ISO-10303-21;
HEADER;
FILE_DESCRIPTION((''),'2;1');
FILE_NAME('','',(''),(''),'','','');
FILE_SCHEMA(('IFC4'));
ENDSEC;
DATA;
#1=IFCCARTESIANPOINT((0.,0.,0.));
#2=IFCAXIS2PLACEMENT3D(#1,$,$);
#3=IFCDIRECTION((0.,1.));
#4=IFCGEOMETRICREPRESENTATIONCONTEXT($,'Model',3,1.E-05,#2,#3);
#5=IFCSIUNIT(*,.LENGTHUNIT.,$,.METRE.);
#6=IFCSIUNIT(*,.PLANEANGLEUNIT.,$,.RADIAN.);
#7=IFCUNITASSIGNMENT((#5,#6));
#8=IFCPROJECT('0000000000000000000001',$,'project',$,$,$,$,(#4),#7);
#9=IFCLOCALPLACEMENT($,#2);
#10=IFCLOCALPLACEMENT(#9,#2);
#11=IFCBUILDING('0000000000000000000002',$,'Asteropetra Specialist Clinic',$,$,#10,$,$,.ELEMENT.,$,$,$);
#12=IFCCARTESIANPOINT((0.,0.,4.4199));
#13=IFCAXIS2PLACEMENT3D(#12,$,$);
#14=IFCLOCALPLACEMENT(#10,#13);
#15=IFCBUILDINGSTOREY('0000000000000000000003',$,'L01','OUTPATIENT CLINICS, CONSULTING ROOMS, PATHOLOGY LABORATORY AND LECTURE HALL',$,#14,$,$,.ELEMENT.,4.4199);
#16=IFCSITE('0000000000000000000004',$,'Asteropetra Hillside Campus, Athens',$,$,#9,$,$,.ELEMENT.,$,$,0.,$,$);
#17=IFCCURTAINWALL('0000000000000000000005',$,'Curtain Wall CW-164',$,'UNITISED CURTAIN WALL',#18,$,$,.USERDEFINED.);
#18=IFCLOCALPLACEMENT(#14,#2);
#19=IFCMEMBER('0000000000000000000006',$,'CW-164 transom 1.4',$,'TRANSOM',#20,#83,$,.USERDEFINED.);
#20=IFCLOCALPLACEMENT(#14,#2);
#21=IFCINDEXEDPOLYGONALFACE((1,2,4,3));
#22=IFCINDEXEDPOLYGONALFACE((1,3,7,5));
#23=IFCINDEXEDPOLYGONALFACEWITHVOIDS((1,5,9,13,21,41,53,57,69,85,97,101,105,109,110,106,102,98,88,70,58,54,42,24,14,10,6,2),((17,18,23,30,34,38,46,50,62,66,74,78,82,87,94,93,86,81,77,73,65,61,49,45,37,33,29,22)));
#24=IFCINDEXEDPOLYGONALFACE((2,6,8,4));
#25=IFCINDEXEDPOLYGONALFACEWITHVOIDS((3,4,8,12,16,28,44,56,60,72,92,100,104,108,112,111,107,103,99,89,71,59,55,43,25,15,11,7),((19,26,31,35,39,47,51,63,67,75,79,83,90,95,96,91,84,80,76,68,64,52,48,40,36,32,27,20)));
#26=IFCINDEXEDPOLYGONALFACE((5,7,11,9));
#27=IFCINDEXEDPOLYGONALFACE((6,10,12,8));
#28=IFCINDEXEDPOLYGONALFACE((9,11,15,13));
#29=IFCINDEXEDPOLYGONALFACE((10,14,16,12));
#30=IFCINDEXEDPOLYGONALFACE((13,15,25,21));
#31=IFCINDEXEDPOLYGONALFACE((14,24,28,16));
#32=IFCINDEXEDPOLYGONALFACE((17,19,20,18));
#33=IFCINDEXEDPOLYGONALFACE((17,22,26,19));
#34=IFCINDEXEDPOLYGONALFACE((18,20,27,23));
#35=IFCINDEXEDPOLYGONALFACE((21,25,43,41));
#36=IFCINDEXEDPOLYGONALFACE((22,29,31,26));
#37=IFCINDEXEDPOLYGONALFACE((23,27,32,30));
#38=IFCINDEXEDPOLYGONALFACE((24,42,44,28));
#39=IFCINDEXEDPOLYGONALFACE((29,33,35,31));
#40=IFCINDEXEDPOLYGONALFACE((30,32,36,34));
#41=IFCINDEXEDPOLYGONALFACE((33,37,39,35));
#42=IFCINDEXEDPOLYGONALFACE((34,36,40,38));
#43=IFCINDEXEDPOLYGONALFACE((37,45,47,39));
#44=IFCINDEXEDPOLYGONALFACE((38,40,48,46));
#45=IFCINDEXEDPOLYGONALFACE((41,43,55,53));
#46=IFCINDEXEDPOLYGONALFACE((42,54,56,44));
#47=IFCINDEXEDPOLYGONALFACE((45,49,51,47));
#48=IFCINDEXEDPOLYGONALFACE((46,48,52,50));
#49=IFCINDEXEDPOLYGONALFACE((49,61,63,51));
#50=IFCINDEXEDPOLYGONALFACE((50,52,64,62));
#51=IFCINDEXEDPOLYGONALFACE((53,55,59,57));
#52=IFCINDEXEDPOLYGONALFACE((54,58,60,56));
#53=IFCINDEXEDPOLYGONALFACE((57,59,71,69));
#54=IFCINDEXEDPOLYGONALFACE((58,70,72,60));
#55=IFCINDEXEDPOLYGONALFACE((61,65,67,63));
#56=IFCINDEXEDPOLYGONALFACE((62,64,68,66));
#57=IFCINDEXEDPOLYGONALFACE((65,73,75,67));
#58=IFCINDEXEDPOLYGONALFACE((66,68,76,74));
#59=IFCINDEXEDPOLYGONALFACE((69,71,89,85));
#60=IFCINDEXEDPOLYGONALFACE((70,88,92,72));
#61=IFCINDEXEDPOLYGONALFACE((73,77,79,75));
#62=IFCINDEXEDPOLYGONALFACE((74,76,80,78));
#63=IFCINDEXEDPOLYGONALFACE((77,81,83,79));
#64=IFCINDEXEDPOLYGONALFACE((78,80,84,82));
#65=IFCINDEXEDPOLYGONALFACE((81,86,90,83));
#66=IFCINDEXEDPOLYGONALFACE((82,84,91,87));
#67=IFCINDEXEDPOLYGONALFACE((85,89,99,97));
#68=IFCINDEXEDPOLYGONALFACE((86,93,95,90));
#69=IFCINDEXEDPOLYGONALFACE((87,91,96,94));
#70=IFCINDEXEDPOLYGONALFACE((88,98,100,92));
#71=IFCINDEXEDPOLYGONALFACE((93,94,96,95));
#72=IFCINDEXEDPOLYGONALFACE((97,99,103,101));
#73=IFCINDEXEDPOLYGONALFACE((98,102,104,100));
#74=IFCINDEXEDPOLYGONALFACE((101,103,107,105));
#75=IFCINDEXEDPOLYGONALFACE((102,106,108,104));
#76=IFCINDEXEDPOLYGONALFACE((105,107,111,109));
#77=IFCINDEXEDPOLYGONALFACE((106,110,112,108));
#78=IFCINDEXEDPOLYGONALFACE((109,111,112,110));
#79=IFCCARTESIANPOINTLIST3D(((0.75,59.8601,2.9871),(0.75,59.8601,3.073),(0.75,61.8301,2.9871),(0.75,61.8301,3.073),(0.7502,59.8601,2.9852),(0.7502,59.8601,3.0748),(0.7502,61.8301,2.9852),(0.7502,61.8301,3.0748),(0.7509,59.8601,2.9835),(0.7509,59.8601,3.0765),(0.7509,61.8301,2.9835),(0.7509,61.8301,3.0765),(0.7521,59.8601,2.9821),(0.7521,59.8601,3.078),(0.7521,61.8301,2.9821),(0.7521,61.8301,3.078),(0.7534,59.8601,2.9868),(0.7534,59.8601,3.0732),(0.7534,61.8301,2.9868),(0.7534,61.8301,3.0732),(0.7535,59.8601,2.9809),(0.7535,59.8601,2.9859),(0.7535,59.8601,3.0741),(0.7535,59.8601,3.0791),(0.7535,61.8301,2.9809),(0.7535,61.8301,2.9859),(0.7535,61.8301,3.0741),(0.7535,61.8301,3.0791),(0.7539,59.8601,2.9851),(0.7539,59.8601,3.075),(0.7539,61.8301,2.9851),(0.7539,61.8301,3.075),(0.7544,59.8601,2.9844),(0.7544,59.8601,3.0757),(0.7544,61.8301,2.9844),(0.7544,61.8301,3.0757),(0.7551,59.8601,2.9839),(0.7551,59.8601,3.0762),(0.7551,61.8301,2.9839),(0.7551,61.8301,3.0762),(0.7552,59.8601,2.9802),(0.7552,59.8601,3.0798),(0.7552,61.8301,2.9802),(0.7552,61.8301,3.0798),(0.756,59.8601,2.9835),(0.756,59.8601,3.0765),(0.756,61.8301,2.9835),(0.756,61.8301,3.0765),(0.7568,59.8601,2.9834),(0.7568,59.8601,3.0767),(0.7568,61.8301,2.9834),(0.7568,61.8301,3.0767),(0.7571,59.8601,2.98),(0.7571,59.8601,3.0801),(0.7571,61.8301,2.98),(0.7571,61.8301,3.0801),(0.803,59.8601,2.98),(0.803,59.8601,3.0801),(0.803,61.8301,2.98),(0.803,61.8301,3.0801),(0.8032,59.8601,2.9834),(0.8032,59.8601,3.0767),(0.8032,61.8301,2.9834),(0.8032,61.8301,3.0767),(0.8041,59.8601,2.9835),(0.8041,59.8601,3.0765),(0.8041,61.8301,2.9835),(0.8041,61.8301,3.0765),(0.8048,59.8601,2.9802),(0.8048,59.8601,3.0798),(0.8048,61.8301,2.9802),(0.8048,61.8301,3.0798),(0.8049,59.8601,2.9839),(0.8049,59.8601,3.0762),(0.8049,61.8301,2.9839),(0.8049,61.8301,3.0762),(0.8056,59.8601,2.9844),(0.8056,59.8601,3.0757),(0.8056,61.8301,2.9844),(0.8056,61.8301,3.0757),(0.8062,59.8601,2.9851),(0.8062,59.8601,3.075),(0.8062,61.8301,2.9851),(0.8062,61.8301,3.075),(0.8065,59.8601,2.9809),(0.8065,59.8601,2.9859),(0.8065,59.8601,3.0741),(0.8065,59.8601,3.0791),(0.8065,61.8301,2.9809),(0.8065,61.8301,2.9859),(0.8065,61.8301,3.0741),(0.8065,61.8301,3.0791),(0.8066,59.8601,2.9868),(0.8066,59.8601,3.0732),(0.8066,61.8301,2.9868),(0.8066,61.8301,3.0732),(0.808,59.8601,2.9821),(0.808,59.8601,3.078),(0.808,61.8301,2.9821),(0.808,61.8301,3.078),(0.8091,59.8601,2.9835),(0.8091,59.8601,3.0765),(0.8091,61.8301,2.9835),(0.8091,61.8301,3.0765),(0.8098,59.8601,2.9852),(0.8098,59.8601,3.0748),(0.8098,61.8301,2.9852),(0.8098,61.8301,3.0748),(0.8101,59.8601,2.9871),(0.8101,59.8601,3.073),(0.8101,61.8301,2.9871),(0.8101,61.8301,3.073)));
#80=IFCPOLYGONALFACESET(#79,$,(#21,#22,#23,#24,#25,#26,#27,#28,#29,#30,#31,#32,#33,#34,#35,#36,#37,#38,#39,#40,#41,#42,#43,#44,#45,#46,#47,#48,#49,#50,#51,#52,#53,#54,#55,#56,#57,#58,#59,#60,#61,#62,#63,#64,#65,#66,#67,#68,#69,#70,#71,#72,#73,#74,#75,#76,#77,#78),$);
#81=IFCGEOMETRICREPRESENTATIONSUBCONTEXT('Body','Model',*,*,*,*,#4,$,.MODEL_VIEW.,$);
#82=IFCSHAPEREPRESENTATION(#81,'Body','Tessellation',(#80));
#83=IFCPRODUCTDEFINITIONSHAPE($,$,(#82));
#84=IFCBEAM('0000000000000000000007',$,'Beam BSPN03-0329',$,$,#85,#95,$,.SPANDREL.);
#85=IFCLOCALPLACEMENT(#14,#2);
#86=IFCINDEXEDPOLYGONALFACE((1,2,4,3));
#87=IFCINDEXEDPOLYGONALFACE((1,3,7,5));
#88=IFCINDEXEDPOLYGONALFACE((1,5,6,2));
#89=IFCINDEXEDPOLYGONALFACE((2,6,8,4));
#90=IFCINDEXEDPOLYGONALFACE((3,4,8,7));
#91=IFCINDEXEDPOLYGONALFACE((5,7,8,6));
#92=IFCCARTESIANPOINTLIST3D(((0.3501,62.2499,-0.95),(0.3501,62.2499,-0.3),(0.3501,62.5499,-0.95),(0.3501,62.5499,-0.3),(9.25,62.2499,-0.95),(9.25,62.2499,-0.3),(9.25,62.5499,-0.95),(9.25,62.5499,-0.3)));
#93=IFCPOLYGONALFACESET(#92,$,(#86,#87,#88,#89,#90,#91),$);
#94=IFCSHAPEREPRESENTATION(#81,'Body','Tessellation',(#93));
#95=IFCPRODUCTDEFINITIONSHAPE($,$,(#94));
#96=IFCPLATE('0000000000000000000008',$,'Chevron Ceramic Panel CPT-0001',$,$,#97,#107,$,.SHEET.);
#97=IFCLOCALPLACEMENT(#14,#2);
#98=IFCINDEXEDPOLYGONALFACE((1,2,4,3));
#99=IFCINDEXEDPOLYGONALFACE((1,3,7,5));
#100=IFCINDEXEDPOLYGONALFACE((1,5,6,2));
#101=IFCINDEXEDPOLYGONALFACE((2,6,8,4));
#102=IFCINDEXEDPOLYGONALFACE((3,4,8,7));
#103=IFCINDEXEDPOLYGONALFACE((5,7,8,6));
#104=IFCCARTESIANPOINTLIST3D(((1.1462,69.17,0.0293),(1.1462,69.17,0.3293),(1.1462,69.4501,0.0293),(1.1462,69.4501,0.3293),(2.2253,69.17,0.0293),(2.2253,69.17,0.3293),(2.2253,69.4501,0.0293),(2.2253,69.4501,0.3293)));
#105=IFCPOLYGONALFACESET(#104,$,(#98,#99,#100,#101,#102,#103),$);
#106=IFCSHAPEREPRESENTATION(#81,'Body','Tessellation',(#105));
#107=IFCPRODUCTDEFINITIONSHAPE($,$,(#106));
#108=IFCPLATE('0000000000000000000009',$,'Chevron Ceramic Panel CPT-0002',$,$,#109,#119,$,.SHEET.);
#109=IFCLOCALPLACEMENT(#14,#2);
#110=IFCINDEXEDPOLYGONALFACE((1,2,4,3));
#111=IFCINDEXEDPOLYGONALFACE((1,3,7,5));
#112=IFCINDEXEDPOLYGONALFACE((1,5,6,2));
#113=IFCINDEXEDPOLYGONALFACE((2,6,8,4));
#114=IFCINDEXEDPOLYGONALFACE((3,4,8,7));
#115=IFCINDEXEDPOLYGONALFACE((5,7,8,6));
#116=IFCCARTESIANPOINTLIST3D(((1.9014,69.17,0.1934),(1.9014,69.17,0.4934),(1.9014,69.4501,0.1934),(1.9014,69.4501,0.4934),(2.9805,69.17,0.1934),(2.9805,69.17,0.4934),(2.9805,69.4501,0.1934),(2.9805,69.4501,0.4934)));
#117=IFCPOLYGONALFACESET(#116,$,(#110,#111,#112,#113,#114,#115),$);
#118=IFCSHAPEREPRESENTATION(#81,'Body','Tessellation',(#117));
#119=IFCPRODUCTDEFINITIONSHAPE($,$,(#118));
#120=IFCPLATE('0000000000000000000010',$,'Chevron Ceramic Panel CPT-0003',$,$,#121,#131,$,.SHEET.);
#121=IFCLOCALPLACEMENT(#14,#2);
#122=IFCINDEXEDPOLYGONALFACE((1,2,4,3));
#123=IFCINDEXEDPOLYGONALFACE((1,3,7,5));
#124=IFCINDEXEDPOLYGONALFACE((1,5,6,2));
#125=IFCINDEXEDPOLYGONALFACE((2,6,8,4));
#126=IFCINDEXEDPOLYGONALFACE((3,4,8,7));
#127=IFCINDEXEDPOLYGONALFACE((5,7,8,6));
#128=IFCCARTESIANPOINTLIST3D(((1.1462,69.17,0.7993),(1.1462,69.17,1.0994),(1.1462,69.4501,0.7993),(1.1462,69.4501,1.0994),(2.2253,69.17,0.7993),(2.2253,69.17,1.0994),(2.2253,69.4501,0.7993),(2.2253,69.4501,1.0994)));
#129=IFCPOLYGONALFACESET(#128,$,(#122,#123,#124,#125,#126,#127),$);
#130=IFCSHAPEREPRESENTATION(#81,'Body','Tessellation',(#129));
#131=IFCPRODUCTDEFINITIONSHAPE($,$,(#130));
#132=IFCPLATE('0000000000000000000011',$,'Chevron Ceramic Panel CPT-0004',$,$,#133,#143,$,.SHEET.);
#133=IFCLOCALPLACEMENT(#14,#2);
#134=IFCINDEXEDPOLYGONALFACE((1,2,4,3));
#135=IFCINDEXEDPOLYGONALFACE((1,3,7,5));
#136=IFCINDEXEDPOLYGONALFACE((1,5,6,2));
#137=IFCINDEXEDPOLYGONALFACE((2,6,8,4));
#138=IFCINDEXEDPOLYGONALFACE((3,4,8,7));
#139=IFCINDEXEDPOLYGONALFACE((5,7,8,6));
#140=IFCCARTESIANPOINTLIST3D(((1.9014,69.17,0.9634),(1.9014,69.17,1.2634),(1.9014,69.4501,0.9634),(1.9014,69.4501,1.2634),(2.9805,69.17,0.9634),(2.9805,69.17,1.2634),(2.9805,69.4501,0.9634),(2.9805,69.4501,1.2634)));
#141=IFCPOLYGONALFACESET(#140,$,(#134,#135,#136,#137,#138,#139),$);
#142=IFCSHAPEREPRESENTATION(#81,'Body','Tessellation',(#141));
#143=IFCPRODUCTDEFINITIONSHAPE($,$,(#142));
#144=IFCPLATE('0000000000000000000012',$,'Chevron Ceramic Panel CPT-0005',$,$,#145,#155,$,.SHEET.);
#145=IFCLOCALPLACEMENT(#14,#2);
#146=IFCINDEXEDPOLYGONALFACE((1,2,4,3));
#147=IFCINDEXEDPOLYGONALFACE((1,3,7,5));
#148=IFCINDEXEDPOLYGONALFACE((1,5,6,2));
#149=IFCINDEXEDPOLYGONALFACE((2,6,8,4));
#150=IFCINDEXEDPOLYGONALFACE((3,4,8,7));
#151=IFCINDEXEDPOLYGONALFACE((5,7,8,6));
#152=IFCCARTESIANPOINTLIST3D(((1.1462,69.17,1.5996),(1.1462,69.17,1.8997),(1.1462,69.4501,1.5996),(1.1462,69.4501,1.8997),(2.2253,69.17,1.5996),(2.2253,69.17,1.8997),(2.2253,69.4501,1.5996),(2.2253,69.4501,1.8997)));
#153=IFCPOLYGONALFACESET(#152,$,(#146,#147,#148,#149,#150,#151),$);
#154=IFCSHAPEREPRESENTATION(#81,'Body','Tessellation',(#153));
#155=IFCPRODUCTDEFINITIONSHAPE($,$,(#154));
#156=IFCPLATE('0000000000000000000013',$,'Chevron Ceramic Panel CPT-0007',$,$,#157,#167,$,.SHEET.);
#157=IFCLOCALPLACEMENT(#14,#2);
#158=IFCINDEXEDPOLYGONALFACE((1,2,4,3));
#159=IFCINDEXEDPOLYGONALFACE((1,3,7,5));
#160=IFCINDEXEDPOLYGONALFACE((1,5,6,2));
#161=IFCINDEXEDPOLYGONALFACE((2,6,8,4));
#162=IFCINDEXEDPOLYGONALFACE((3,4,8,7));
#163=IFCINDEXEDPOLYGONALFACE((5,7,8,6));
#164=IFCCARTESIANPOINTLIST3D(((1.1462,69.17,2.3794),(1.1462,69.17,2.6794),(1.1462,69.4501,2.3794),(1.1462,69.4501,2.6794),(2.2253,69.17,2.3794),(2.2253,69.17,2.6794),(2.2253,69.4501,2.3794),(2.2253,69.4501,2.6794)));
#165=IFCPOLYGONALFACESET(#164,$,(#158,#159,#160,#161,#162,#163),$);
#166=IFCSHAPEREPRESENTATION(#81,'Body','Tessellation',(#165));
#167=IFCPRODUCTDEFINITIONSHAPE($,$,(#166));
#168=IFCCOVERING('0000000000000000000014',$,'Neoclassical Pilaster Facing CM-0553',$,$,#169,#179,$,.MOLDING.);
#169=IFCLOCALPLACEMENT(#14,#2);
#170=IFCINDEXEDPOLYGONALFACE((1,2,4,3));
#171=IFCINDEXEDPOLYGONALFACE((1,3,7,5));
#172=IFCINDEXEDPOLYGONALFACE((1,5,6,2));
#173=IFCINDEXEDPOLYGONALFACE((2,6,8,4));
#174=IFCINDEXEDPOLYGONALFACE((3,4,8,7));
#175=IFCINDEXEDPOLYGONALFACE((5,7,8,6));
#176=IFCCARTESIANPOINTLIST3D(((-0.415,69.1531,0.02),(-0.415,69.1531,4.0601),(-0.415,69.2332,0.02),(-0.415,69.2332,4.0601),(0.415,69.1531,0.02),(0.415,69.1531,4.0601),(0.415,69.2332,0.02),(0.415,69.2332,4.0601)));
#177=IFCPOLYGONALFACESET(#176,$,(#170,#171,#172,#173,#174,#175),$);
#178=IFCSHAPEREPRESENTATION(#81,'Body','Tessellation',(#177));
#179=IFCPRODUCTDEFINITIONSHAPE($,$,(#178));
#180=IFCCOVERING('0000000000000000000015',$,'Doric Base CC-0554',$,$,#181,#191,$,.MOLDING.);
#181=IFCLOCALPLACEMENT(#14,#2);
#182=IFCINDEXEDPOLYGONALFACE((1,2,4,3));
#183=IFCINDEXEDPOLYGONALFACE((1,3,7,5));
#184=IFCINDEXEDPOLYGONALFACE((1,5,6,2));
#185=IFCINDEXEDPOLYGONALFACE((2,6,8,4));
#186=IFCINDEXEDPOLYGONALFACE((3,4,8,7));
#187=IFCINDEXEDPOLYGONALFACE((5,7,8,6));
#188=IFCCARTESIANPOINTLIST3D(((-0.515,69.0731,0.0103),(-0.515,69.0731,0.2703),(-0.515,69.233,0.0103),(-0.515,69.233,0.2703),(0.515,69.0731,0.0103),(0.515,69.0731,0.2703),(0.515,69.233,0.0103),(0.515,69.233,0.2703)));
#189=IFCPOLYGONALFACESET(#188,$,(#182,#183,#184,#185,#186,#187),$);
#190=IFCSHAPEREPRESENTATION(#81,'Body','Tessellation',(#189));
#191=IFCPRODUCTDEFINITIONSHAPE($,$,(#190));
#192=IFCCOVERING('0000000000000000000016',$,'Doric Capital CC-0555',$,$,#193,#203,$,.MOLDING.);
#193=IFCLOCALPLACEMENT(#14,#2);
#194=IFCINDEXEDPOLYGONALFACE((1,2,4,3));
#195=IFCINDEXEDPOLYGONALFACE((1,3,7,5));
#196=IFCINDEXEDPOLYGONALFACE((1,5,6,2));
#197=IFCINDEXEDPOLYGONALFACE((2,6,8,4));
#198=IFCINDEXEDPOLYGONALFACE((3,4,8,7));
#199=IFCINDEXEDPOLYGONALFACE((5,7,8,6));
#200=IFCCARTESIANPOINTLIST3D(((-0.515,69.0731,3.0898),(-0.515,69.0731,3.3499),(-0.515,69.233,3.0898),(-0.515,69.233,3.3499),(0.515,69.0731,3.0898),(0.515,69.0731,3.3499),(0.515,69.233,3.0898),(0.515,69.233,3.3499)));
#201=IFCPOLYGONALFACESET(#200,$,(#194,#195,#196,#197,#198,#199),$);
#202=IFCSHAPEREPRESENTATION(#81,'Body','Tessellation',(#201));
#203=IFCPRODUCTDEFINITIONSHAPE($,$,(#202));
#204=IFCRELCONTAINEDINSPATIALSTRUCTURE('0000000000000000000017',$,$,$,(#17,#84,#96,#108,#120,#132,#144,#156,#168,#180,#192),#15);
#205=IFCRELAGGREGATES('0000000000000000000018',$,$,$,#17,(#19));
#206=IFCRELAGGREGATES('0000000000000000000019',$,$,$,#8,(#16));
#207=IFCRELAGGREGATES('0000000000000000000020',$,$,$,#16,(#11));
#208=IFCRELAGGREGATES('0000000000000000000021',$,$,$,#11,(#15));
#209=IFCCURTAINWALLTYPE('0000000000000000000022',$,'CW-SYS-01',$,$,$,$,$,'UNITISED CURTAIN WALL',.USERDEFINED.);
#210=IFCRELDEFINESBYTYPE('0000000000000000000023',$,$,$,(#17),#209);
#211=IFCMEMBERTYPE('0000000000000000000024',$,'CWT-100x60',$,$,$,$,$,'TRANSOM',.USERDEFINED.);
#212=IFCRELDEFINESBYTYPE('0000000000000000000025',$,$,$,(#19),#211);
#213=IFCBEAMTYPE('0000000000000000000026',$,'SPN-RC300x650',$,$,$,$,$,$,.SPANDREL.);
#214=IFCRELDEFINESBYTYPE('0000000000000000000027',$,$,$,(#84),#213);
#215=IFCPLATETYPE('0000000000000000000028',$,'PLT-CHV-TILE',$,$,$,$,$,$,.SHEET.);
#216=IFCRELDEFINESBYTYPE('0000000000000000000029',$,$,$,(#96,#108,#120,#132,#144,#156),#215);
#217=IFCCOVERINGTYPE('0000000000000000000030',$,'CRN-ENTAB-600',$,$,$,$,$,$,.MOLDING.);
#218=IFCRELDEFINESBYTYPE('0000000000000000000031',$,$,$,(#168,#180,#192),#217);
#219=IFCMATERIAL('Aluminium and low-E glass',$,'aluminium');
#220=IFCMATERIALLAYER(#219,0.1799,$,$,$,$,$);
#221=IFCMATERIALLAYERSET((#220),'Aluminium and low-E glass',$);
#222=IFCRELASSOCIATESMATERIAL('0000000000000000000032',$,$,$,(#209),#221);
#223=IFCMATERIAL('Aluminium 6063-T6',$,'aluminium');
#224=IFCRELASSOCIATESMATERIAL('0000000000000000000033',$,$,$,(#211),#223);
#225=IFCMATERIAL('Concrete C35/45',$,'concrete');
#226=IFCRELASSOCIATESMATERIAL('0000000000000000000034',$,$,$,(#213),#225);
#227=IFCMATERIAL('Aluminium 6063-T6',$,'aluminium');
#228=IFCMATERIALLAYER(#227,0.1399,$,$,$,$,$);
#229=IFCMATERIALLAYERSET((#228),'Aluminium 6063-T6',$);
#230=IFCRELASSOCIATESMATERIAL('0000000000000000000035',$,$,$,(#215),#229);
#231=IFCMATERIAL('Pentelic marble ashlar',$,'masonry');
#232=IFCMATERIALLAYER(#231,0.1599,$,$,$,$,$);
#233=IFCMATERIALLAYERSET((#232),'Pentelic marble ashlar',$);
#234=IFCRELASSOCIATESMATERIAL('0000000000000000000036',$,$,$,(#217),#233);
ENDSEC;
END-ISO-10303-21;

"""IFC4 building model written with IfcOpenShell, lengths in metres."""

from ifc_helpers import new_model, si_unit, direction, frame, origin, origin_2d, place, context, subcontext, project, spatial, rectangle, hollow_rectangle, extrude, material, layer, layer_set, material_profile, profile_set, type_object, element, aggregate, save


model = new_model("IFC4")

# Units and contexts
model_context = context("Model", 3, precision=1e-05, world=origin(), true_north=direction((0.0, 1.0)))
body_context = subcontext(model_context, "Body", "Model", "MODEL_VIEW")
ifc_project = project(units=[si_unit("LENGTHUNIT", "METRE"), si_unit("PLANEANGLEUNIT", "RADIAN")], contexts=[model_context])

# Site, building, storey
site_placement = place(None, origin())
site = spatial("IfcSite", under=ifc_project, at=site_placement, Name="Asteropetra Hillside Campus, Athens", CompositionType="ELEMENT", RefElevation=0.0)
building_placement = place(site_placement, origin())
building = spatial("IfcBuilding", under=site, at=building_placement, Name="Asteropetra Specialist Clinic", CompositionType="ELEMENT")
storey_placement = place(building_placement, frame((0.0, 0.0, 4.4199)))
storey = spatial("IfcBuildingStorey", under=building, at=storey_placement, Name="L01", Description="OUTPATIENT CLINICS, CONSULTING ROOMS, PATHOLOGY LABORATORY AND LECTURE HALL", CompositionType="ELEMENT", Elevation=4.4199)

# Curtain wall, member
ifc_material_1 = material(Name="Aluminium and low-E glass", Category="aluminium")
ifc_layer_1 = layer(ifc_material_1, 0.1799)
ifc_layer_set_1 = layer_set([ifc_layer_1], Name="Aluminium and low-E glass")
curtain_wall_type = type_object("IfcCurtainWallType", Name="CW-SYS-01", ElementType="UNITISED CURTAIN WALL", PredefinedType="USERDEFINED", material=ifc_layer_set_1)
curtain_wall_placement = place(storey_placement, origin())
curtain_wall = element("IfcCurtainWall", 1, at=curtain_wall_placement, inside=storey, type_object=curtain_wall_type, Name="Curtain Wall CW-164", ObjectType="UNITISED CURTAIN WALL", PredefinedType="USERDEFINED")
ifc_material_2 = material(Name="Aluminium 6063-T6", Category="aluminium")
ifc_material_profile_1 = material_profile(ifc_material_2, hollow_rectangle(XDim=0.0601, YDim=0.1001, WallThickness=0.0034, InnerFilletRadius=0.0034, OuterFilletRadius=0.0071, at=origin_2d()), Name="TRN 100x60x3.5")
ifc_profile_set_1 = profile_set([ifc_material_profile_1], Name="Aluminium 6063-T6")
member_type_1 = type_object("IfcMemberType", Name="CWT-100x60", ElementType="TRANSOM", PredefinedType="USERDEFINED", material=ifc_profile_set_1)
member_1_placement = place(storey_placement, frame((0.78, 61.8301, 3.03), z_axis=(0.0, -1.0, 0.0), x_axis=(1.0, 0.0, 0.0)))
member_1 = element("IfcMember", 2, at=member_1_placement, type_object=member_type_1, Name="CW-164 transom 1.4", ObjectType="TRANSOM", PredefinedType="USERDEFINED", context=body_context, shape_type="SweptSolid", body=[
    extrude(hollow_rectangle(XDim=0.0601, YDim=0.1001, WallThickness=0.0034, InnerFilletRadius=0.0034, OuterFilletRadius=0.0071, at=origin_2d()), origin(), (0.0, 0.0, 1.0), 1.97),
])
aggregate(curtain_wall, [member_1])

# Beam
ifc_material_3 = material(Name="Concrete C35/45", Category="concrete")
ifc_material_profile_2 = material_profile(ifc_material_3, rectangle(XDim=0.3, YDim=0.6499, at=origin_2d()), Name="RCS 300x650")
ifc_profile_set_2 = profile_set([ifc_material_profile_2], Name="Concrete C35/45")
beam_type = type_object("IfcBeamType", Name="SPN-RC300x650", PredefinedType="SPANDREL", material=ifc_profile_set_2)
beam_placement = place(storey_placement, frame((0.3501, 62.3999, -0.625), z_axis=(1.0, 0.0, 0.0), x_axis=(0.0, 1.0, 0.0)))
element("IfcBeam", 3, at=beam_placement, inside=storey, type_object=beam_type, Name="Beam BSPN03-0329", PredefinedType="SPANDREL", context=body_context, shape_type="SweptSolid", body=[
    extrude(rectangle(XDim=0.3, YDim=0.6499, at=origin_2d()), origin(), (0.0, 0.0, 1.0), 8.8999),
])

# Plates
ifc_material_4 = material(Name="Aluminium 6063-T6", Category="aluminium")
ifc_layer_2 = layer(ifc_material_4, 0.1399)
ifc_layer_set_2 = layer_set([ifc_layer_2], Name="Aluminium 6063-T6")
plate_type = type_object("IfcPlateType", Name="PLT-CHV-TILE", PredefinedType="SHEET", material=ifc_layer_set_2)
for number, where, z_axis, x_axis, name in (
    (4, (1.6858, 69.3101, 0.0293), (0.0, 0.0, 1.0), (1.0, 0.0, 0.0), "Chevron Ceramic Panel CPT-0001"),
    (5, (2.4409, 69.3101, 0.1934), (0.0, 0.0, 1.0), (1.0, 0.0, 0.0), "Chevron Ceramic Panel CPT-0002"),
    (6, (1.6858, 69.3101, 0.7993), (0.0, 0.0, 1.0), (1.0, 0.0, 0.0), "Chevron Ceramic Panel CPT-0003"),
    (7, (2.4409, 69.3101, 0.9634), (0.0, 0.0, 1.0), (1.0, 0.0, 0.0), "Chevron Ceramic Panel CPT-0004"),
    (8, (1.6858, 69.3101, 1.5996), (0.0, 0.0, 1.0), (1.0, 0.0, 0.0), "Chevron Ceramic Panel CPT-0005"),
    (9, (1.6858, 69.3101, 2.3794), (0.0, 0.0, 1.0), (1.0, 0.0, 0.0), "Chevron Ceramic Panel CPT-0007"),
):
    element("IfcPlate", number, at=place(storey_placement, frame(where, z_axis=z_axis, x_axis=x_axis)), inside=storey, type_object=plate_type, Name=name, PredefinedType="SHEET", context=body_context, shape_type="SweptSolid", body=[
        extrude(rectangle(XDim=1.0791, YDim=0.28, at=origin_2d()), origin(), (0.0, 0.0, 1.0), 0.3),
    ])

# Coverings
ifc_material_5 = material(Name="Pentelic marble ashlar", Category="masonry")
ifc_layer_3 = layer(ifc_material_5, 0.1599)
ifc_layer_set_3 = layer_set([ifc_layer_3], Name="Pentelic marble ashlar")
covering_type = type_object("IfcCoveringType", Name="CRN-ENTAB-600", PredefinedType="MOLDING", material=ifc_layer_set_3)
covering_1_placement = place(storey_placement, frame((0.0, 69.1931, 0.02), z_axis=(0.0, 0.0, 1.0), x_axis=(1.0, 0.0, 0.0)))
element("IfcCovering", 10, at=covering_1_placement, inside=storey, type_object=covering_type, Name="Neoclassical Pilaster Facing CM-0553", PredefinedType="MOLDING", context=body_context, shape_type="SweptSolid", body=[
    extrude(rectangle(XDim=0.8301, YDim=0.0801, at=origin_2d()), origin(), (0.0, 0.0, 1.0), 4.04),
])
for number, where, z_axis, x_axis, name in (
    (11, (0.0, 69.1531, 0.0103), (0.0, 0.0, 1.0), (1.0, 0.0, 0.0), "Doric Base CC-0554"),
    (12, (0.0, 69.1531, 3.0898), (0.0, 0.0, 1.0), (1.0, 0.0, 0.0), "Doric Capital CC-0555"),
):
    element("IfcCovering", number, at=place(storey_placement, frame(where, z_axis=z_axis, x_axis=x_axis)), inside=storey, type_object=covering_type, Name=name, PredefinedType="MOLDING", context=body_context, shape_type="SweptSolid", body=[
        extrude(rectangle(XDim=1.03, YDim=0.1599, at=origin_2d()), origin(), (0.0, 0.0, 1.0), 0.26),
    ])

save(model, "model.ifc")
